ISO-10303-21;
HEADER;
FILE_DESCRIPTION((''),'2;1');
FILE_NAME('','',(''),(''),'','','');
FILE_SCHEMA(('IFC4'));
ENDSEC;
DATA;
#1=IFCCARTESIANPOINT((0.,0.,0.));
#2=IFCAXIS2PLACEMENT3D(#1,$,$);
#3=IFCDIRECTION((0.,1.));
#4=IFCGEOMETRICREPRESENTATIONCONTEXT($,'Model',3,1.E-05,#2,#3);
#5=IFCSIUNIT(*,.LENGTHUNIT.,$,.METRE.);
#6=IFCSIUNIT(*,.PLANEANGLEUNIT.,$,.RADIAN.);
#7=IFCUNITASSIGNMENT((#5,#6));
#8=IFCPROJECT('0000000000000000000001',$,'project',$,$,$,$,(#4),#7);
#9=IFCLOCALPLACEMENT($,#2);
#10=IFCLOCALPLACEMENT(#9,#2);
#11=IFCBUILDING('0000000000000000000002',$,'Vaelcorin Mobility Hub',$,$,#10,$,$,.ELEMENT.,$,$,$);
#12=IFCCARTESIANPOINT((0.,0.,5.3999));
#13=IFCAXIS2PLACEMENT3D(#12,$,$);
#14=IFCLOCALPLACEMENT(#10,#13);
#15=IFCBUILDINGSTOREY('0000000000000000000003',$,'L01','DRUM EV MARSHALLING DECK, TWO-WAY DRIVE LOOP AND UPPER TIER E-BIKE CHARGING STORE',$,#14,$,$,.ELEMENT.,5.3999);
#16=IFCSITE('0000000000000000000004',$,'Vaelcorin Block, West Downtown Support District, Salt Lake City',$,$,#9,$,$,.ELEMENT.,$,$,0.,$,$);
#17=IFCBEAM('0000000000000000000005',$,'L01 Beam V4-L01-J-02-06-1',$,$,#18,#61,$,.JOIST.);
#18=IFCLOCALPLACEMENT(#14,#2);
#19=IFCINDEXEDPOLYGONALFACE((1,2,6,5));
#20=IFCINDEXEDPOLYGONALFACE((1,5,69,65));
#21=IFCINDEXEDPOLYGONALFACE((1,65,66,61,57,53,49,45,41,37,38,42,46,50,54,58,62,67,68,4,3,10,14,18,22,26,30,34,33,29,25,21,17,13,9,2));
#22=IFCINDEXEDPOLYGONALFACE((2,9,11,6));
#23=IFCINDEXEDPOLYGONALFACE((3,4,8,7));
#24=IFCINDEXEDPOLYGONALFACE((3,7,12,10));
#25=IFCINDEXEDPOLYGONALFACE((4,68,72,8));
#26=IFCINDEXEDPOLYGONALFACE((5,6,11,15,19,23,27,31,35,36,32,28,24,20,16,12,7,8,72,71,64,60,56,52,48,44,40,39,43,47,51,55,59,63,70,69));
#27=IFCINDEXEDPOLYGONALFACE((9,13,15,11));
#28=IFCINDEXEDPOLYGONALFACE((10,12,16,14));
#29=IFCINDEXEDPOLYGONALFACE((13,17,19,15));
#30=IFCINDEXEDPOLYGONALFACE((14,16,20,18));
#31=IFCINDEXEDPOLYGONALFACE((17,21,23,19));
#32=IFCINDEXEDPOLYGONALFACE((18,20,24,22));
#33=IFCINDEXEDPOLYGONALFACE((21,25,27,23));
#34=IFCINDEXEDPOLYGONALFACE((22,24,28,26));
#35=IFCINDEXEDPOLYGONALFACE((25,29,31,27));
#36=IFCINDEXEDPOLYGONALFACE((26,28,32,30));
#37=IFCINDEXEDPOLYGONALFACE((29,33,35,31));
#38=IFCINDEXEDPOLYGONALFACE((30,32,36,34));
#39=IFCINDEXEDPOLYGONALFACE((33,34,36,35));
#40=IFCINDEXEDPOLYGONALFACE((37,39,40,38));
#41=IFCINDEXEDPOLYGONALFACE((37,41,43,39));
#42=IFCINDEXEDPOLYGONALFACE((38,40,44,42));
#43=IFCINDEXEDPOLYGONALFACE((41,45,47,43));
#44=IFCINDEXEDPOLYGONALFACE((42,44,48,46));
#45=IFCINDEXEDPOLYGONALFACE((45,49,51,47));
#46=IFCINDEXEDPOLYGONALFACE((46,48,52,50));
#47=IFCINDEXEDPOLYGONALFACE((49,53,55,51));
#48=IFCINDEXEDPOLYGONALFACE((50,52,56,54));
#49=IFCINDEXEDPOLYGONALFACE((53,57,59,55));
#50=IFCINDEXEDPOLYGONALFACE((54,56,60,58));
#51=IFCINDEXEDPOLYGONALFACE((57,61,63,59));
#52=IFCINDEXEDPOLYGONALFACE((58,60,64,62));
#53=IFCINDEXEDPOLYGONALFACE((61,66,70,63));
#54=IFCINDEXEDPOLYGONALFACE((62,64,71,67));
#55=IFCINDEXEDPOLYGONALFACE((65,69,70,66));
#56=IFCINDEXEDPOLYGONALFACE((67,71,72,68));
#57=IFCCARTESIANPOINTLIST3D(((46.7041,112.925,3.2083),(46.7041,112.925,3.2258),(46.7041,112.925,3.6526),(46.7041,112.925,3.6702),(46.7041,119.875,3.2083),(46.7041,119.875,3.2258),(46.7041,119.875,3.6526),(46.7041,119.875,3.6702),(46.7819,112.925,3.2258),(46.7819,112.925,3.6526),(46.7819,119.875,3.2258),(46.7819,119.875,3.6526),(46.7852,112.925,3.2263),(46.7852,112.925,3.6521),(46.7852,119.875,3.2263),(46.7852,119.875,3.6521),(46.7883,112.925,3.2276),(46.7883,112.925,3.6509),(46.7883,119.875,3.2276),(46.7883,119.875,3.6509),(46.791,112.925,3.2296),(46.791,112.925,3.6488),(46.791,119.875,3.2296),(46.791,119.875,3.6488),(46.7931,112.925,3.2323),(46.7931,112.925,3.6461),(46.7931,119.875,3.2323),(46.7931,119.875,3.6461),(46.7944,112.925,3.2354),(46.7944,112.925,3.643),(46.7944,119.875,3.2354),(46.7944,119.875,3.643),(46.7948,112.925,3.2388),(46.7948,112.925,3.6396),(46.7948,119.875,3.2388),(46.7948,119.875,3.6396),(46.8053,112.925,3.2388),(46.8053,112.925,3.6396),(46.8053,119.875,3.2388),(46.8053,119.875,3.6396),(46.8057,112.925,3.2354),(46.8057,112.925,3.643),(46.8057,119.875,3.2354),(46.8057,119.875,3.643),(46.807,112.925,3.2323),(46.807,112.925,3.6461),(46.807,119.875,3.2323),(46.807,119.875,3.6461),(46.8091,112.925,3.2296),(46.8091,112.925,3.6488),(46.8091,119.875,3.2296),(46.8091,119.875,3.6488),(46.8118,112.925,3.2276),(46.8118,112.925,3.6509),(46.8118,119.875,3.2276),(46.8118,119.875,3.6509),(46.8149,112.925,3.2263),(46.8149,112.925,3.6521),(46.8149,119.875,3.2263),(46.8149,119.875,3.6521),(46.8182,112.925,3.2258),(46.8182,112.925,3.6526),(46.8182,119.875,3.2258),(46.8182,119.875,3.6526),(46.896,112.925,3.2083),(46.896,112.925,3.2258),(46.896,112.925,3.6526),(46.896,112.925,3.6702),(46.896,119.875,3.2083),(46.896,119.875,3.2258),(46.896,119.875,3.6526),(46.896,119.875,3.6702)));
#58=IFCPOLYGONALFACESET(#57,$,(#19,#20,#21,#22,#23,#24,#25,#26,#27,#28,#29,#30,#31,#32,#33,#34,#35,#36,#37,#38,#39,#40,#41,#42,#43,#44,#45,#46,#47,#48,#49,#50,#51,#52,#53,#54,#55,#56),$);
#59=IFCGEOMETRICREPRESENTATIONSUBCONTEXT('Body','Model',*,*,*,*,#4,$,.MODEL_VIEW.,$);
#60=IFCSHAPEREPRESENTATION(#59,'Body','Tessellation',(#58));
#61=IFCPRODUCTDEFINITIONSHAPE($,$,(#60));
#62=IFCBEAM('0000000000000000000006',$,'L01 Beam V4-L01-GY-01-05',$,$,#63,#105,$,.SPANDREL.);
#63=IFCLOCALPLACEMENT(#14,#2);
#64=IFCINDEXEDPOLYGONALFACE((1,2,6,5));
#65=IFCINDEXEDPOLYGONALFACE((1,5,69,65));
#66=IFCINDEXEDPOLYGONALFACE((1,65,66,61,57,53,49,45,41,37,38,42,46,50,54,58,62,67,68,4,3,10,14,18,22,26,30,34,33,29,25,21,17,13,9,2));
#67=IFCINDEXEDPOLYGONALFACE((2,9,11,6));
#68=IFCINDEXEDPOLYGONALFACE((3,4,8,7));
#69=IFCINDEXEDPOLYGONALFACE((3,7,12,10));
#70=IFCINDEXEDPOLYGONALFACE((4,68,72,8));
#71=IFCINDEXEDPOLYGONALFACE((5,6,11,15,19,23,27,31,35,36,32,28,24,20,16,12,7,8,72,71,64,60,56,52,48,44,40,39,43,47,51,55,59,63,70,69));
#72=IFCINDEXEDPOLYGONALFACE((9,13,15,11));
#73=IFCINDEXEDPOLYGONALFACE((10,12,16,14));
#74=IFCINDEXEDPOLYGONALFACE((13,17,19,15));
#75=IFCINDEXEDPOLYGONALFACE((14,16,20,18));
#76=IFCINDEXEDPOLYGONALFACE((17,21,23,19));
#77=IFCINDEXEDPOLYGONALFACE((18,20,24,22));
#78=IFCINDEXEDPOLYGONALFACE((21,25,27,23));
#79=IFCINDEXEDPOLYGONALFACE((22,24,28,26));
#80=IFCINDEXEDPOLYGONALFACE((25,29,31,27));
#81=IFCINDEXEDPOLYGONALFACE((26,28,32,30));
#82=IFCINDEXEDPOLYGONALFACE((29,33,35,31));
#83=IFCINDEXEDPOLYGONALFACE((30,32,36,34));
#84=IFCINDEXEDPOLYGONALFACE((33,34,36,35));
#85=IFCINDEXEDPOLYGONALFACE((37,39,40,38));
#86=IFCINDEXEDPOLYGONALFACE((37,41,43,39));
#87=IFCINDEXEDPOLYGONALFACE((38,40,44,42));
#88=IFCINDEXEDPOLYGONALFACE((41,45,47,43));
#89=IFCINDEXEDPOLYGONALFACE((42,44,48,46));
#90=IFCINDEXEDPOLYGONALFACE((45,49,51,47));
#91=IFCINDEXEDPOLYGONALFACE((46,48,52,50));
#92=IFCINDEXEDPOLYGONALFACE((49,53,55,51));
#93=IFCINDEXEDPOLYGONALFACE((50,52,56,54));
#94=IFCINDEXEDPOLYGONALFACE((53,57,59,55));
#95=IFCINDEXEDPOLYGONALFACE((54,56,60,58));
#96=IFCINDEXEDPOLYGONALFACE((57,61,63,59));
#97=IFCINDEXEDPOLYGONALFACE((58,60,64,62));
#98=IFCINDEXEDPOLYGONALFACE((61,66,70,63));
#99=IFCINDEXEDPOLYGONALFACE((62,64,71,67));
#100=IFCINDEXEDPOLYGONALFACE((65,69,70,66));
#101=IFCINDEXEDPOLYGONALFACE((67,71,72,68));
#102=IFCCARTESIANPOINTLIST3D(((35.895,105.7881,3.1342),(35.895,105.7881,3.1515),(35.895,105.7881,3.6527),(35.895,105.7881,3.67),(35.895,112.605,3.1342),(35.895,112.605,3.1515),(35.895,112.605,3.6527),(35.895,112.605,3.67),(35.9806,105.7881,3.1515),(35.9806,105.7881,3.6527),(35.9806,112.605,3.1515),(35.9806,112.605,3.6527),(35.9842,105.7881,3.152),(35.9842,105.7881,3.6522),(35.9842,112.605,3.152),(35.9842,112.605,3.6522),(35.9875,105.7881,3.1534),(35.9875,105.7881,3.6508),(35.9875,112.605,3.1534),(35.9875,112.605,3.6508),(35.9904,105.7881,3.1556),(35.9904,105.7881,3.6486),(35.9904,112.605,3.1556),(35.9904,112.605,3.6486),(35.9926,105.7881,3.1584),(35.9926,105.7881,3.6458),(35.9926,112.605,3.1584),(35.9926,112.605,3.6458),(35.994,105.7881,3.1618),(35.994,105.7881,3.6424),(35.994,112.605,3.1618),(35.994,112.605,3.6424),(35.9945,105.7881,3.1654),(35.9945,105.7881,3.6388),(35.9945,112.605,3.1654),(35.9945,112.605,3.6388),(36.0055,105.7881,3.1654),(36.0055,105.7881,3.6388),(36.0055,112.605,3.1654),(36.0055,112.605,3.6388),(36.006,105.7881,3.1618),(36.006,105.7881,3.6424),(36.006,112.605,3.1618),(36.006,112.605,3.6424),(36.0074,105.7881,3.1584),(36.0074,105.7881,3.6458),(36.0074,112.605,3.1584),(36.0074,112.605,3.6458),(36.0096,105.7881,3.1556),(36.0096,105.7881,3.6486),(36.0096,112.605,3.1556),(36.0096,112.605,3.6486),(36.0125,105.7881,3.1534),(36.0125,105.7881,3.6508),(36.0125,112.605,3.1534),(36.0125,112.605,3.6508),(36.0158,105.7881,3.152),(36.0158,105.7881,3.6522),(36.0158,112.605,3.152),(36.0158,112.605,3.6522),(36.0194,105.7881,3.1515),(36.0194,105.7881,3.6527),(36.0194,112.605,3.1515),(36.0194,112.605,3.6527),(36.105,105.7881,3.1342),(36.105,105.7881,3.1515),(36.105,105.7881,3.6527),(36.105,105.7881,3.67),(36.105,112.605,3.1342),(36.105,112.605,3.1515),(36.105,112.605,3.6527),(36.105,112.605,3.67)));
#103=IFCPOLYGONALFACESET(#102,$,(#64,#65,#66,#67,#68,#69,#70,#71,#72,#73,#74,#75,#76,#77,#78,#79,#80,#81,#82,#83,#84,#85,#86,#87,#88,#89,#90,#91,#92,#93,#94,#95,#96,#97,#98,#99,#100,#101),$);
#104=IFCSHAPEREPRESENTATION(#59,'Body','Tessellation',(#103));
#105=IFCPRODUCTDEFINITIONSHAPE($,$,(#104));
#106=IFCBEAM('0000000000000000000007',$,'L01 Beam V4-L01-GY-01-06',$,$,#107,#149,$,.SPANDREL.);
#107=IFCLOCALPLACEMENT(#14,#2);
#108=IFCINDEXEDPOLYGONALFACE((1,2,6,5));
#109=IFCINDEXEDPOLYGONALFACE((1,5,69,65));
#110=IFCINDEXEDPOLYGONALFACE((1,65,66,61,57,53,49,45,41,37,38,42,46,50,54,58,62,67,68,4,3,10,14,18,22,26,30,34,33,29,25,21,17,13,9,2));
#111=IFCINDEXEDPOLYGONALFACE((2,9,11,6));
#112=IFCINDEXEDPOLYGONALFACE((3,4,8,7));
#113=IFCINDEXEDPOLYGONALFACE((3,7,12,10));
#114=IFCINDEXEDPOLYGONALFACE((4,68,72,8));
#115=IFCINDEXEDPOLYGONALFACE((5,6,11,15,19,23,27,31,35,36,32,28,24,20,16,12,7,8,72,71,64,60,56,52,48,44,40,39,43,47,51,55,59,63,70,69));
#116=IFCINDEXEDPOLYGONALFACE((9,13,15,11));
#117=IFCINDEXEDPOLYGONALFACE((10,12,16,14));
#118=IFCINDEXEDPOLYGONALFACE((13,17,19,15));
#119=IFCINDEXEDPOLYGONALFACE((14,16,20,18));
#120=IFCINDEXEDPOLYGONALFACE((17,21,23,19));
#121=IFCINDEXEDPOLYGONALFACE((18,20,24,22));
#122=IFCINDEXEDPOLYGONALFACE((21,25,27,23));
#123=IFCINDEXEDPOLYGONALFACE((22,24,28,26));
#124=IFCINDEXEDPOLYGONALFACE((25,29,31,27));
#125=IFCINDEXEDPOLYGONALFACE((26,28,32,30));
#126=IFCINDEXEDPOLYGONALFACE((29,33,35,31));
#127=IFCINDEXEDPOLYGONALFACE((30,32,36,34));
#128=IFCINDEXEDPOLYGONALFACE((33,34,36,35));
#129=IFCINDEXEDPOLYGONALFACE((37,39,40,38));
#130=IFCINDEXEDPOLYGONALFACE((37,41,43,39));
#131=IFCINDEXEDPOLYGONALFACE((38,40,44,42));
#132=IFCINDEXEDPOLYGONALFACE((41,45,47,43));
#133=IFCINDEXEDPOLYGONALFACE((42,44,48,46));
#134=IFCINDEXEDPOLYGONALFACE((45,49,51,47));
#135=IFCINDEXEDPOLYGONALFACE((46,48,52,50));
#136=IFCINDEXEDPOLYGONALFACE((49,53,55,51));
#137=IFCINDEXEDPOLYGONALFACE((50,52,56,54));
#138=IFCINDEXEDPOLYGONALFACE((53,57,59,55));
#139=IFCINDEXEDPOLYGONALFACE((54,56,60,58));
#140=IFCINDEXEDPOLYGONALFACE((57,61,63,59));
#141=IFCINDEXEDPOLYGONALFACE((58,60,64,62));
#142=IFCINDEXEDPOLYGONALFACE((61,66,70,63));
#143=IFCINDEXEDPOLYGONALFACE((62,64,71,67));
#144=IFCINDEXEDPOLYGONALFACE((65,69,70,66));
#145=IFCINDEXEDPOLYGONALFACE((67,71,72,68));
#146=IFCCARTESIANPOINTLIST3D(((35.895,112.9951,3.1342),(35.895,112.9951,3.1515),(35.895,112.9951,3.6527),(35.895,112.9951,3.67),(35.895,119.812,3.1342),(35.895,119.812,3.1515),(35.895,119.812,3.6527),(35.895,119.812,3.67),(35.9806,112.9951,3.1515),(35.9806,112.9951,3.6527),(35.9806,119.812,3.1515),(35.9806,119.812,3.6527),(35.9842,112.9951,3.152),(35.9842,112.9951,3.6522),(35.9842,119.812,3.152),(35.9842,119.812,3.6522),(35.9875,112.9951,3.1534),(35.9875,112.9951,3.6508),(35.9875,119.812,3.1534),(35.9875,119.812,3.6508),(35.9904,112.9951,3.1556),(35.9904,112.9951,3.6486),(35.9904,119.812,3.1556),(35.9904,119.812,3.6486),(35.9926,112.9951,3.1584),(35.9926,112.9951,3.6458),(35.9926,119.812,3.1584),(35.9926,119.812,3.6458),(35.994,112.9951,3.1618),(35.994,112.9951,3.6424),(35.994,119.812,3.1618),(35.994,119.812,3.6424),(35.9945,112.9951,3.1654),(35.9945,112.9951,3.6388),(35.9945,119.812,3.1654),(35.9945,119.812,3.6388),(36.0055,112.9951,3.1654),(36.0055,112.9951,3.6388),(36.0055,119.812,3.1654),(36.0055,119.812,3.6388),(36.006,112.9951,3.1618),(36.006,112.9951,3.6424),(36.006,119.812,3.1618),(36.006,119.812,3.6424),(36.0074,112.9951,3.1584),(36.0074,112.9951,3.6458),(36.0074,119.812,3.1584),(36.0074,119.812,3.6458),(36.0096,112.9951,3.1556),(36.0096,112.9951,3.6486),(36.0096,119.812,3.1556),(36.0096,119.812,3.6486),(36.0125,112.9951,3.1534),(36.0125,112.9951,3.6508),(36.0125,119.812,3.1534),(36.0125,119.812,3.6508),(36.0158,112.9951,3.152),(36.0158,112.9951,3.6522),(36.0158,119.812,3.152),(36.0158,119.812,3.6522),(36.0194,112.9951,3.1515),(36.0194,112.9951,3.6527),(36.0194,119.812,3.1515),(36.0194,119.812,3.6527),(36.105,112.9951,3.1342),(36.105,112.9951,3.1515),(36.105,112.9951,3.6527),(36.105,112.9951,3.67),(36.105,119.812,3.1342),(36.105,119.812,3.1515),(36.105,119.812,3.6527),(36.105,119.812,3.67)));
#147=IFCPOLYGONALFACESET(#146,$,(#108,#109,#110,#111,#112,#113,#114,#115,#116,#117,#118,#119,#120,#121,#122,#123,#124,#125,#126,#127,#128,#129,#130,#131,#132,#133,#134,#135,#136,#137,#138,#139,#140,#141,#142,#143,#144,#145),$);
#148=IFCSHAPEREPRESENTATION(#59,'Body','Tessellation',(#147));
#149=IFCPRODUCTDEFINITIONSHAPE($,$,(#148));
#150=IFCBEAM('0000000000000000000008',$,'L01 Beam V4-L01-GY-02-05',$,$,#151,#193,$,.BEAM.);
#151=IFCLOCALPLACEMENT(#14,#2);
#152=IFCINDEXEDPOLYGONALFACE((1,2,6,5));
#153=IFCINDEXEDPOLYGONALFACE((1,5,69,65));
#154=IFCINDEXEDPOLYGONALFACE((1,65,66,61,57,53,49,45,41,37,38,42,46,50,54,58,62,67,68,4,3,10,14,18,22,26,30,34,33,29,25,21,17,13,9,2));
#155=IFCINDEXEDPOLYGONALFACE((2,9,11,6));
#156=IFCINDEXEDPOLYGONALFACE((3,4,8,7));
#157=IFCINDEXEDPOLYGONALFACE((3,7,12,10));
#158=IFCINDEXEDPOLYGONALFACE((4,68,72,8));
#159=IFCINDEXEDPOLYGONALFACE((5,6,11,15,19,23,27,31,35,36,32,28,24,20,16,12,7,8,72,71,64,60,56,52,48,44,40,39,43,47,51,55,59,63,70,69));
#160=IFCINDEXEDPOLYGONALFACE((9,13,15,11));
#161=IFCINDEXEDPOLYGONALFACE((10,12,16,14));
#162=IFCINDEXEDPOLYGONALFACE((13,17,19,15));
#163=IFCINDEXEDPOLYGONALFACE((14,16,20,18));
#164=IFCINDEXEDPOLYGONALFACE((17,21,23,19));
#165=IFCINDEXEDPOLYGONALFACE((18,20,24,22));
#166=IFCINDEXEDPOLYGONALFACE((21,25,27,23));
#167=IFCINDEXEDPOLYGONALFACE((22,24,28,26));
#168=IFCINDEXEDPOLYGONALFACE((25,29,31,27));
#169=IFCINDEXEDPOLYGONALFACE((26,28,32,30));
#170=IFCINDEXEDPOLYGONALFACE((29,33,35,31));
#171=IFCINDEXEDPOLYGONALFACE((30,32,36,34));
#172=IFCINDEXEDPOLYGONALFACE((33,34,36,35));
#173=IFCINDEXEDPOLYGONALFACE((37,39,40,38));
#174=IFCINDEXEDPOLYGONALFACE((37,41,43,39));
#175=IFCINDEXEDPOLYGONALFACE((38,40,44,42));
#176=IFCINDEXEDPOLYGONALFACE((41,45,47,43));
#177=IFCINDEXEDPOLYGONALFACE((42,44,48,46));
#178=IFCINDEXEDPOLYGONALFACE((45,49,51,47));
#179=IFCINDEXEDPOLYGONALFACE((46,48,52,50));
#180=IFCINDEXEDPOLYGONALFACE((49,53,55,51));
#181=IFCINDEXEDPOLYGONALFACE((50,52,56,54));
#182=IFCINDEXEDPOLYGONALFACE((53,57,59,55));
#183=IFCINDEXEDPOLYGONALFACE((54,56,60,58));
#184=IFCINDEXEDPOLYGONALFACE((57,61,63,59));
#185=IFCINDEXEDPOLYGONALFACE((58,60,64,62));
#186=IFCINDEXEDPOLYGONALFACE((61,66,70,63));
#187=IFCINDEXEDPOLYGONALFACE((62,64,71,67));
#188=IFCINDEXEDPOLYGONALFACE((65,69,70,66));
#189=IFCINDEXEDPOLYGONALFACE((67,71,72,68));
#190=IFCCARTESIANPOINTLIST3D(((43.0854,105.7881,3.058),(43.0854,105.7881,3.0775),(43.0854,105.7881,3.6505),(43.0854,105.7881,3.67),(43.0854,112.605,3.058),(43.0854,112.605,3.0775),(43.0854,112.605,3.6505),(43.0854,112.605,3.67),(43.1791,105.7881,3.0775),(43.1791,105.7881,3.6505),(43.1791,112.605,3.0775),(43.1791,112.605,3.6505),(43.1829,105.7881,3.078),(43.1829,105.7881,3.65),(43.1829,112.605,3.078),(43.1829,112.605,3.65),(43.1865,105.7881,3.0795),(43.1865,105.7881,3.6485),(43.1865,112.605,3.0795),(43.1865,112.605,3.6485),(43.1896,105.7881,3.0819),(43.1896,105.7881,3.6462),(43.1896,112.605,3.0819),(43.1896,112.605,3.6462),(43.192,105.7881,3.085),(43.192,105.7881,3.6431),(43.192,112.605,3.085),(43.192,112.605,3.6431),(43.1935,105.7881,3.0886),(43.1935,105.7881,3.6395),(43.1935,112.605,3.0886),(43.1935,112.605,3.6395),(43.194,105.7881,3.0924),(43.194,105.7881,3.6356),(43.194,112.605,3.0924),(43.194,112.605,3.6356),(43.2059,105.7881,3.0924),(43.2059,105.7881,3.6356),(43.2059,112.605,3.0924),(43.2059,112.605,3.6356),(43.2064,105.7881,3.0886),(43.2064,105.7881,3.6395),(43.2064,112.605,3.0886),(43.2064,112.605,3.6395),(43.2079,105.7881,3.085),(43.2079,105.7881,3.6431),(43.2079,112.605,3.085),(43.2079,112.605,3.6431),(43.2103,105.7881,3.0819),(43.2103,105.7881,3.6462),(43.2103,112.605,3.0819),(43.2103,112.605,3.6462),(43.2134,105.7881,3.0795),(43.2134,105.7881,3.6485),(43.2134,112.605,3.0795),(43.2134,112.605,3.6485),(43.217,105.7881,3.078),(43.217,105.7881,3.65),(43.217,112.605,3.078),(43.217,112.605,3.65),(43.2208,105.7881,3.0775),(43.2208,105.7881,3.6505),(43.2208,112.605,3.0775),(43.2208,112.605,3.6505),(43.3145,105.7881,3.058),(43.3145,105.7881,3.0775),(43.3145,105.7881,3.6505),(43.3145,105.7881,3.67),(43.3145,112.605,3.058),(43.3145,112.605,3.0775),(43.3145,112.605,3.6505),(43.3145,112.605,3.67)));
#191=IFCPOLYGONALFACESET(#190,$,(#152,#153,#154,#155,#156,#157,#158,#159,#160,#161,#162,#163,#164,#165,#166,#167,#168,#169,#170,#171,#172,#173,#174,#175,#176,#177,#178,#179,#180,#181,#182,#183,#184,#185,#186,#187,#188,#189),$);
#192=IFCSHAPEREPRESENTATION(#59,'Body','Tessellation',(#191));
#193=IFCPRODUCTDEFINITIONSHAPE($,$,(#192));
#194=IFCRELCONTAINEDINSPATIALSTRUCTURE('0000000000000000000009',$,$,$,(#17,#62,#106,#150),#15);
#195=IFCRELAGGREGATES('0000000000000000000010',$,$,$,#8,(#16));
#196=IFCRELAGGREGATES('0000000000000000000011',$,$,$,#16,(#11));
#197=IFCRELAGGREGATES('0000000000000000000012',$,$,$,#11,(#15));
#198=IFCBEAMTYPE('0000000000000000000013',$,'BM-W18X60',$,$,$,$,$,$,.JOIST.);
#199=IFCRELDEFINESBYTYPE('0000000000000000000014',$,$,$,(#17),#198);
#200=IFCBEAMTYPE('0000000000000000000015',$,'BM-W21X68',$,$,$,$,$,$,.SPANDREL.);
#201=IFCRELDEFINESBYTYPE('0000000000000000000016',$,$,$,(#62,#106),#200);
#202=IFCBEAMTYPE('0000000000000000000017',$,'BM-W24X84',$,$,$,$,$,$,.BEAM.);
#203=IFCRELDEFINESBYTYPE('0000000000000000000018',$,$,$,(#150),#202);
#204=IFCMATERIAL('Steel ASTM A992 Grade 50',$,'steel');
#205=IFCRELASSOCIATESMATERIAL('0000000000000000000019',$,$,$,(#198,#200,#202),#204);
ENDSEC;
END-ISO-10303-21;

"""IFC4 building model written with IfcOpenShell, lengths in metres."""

from ifc_helpers import new_model, si_unit, direction, frame, origin, origin_2d, place, context, subcontext, project, spatial, i_section, extrude, material, material_profile, profile_set, type_object, element, save


model = new_model("IFC4")

# Units and contexts
model_context = context("Model", 3, precision=1e-05, world=origin(), true_north=direction((0.0, 1.0)))
body_context = subcontext(model_context, "Body", "Model", "MODEL_VIEW")
ifc_project = project(units=[si_unit("LENGTHUNIT", "METRE"), si_unit("PLANEANGLEUNIT", "RADIAN")], contexts=[model_context])

# Site, building, storey
site_placement = place(None, origin())
site = spatial("IfcSite", under=ifc_project, at=site_placement, Name="Vaelcorin Block, West Downtown Support District, Salt Lake City", CompositionType="ELEMENT", RefElevation=0.0)
building_placement = place(site_placement, origin())
building = spatial("IfcBuilding", under=site, at=building_placement, Name="Vaelcorin Mobility Hub", CompositionType="ELEMENT")
storey_placement = place(building_placement, frame((0.0, 0.0, 5.3999)))
storey = spatial("IfcBuildingStorey", under=building, at=storey_placement, Name="L01", Description="DRUM EV MARSHALLING DECK, TWO-WAY DRIVE LOOP AND UPPER TIER E-BIKE CHARGING STORE", CompositionType="ELEMENT", Elevation=5.3999)

# Shared definitions
ifc_material_1 = material(Name="Steel ASTM A992 Grade 50", Category="steel")

# Beams
ifc_material_profile_1 = material_profile(ifc_material_1, i_section(OverallWidth=0.1919, OverallDepth=0.4619, WebThickness=0.0105, FlangeThickness=0.0176, FilletRadius=0.0129, at=origin_2d()), Name="W18X60")
ifc_profile_set_1 = profile_set([ifc_material_profile_1], Name="Steel ASTM A992 Grade 50")
beam_type_1 = type_object("IfcBeamType", Name="BM-W18X60", PredefinedType="JOIST", material=ifc_profile_set_1)
for number, where, z_axis, x_axis, name in (
    (1, (46.8, 112.925, 3.4392), (0.0, 1.0, 0.0), (-1.0, 0.0, 0.0), "L01 Beam V4-L01-J-02-06-1"),
):
    element("IfcBeam", number, at=place(storey_placement, frame(where, z_axis=z_axis, x_axis=x_axis)), inside=storey, type_object=beam_type_1, Name=name, PredefinedType="JOIST", context=body_context, shape_type="SweptSolid", body=[
        extrude(i_section(OverallWidth=0.1919, OverallDepth=0.4619, WebThickness=0.0105, FlangeThickness=0.0176, FilletRadius=0.0129, at=origin_2d()), origin(), (0.0, 0.0, 1.0), 6.95),
    ])
ifc_material_profile_2 = material_profile(ifc_material_1, i_section(OverallWidth=0.21, OverallDepth=0.5359, WebThickness=0.011, FlangeThickness=0.0173, FilletRadius=0.0139, at=origin_2d()), Name="W21X68")
ifc_profile_set_2 = profile_set([ifc_material_profile_2], Name="Steel ASTM A992 Grade 50")
beam_type_2 = type_object("IfcBeamType", Name="BM-W21X68", PredefinedType="SPANDREL", material=ifc_profile_set_2)
for number, where, z_axis, x_axis, name in (
    (2, (36.0, 105.7881, 3.4021), (0.0, 1.0, 0.0), (-1.0, 0.0, 0.0), "L01 Beam V4-L01-GY-01-05"),
    (3, (36.0, 112.9951, 3.4021), (0.0, 1.0, 0.0), (-1.0, 0.0, 0.0), "L01 Beam V4-L01-GY-01-06"),
):
    element("IfcBeam", number, at=place(storey_placement, frame(where, z_axis=z_axis, x_axis=x_axis)), inside=storey, type_object=beam_type_2, Name=name, PredefinedType="SPANDREL", context=body_context, shape_type="SweptSolid", body=[
        extrude(i_section(OverallWidth=0.21, OverallDepth=0.5359, WebThickness=0.011, FlangeThickness=0.0173, FilletRadius=0.0139, at=origin_2d()), origin(), (0.0, 0.0, 1.0), 6.8169),
    ])
ifc_material_profile_3 = material_profile(ifc_material_1, i_section(OverallWidth=0.229, OverallDepth=0.6121, WebThickness=0.012, FlangeThickness=0.0195, FilletRadius=0.0149, at=origin_2d()), Name="W24X84")
ifc_profile_set_3 = profile_set([ifc_material_profile_3], Name="Steel ASTM A992 Grade 50")
beam_type_3 = type_object("IfcBeamType", Name="BM-W24X84", PredefinedType="BEAM", material=ifc_profile_set_3)
for number, where, z_axis, x_axis, name in (
    (4, (43.2, 105.7881, 3.364), (0.0, 1.0, 0.0), (-1.0, 0.0, 0.0), "L01 Beam V4-L01-GY-02-05"),
):
    element("IfcBeam", number, at=place(storey_placement, frame(where, z_axis=z_axis, x_axis=x_axis)), inside=storey, type_object=beam_type_3, Name=name, PredefinedType="BEAM", context=body_context, shape_type="SweptSolid", body=[
        extrude(i_section(OverallWidth=0.229, OverallDepth=0.6121, WebThickness=0.012, FlangeThickness=0.0195, FilletRadius=0.0149, at=origin_2d()), origin(), (0.0, 0.0, 1.0), 6.8169),
    ])

save(model, "model.ifc")
